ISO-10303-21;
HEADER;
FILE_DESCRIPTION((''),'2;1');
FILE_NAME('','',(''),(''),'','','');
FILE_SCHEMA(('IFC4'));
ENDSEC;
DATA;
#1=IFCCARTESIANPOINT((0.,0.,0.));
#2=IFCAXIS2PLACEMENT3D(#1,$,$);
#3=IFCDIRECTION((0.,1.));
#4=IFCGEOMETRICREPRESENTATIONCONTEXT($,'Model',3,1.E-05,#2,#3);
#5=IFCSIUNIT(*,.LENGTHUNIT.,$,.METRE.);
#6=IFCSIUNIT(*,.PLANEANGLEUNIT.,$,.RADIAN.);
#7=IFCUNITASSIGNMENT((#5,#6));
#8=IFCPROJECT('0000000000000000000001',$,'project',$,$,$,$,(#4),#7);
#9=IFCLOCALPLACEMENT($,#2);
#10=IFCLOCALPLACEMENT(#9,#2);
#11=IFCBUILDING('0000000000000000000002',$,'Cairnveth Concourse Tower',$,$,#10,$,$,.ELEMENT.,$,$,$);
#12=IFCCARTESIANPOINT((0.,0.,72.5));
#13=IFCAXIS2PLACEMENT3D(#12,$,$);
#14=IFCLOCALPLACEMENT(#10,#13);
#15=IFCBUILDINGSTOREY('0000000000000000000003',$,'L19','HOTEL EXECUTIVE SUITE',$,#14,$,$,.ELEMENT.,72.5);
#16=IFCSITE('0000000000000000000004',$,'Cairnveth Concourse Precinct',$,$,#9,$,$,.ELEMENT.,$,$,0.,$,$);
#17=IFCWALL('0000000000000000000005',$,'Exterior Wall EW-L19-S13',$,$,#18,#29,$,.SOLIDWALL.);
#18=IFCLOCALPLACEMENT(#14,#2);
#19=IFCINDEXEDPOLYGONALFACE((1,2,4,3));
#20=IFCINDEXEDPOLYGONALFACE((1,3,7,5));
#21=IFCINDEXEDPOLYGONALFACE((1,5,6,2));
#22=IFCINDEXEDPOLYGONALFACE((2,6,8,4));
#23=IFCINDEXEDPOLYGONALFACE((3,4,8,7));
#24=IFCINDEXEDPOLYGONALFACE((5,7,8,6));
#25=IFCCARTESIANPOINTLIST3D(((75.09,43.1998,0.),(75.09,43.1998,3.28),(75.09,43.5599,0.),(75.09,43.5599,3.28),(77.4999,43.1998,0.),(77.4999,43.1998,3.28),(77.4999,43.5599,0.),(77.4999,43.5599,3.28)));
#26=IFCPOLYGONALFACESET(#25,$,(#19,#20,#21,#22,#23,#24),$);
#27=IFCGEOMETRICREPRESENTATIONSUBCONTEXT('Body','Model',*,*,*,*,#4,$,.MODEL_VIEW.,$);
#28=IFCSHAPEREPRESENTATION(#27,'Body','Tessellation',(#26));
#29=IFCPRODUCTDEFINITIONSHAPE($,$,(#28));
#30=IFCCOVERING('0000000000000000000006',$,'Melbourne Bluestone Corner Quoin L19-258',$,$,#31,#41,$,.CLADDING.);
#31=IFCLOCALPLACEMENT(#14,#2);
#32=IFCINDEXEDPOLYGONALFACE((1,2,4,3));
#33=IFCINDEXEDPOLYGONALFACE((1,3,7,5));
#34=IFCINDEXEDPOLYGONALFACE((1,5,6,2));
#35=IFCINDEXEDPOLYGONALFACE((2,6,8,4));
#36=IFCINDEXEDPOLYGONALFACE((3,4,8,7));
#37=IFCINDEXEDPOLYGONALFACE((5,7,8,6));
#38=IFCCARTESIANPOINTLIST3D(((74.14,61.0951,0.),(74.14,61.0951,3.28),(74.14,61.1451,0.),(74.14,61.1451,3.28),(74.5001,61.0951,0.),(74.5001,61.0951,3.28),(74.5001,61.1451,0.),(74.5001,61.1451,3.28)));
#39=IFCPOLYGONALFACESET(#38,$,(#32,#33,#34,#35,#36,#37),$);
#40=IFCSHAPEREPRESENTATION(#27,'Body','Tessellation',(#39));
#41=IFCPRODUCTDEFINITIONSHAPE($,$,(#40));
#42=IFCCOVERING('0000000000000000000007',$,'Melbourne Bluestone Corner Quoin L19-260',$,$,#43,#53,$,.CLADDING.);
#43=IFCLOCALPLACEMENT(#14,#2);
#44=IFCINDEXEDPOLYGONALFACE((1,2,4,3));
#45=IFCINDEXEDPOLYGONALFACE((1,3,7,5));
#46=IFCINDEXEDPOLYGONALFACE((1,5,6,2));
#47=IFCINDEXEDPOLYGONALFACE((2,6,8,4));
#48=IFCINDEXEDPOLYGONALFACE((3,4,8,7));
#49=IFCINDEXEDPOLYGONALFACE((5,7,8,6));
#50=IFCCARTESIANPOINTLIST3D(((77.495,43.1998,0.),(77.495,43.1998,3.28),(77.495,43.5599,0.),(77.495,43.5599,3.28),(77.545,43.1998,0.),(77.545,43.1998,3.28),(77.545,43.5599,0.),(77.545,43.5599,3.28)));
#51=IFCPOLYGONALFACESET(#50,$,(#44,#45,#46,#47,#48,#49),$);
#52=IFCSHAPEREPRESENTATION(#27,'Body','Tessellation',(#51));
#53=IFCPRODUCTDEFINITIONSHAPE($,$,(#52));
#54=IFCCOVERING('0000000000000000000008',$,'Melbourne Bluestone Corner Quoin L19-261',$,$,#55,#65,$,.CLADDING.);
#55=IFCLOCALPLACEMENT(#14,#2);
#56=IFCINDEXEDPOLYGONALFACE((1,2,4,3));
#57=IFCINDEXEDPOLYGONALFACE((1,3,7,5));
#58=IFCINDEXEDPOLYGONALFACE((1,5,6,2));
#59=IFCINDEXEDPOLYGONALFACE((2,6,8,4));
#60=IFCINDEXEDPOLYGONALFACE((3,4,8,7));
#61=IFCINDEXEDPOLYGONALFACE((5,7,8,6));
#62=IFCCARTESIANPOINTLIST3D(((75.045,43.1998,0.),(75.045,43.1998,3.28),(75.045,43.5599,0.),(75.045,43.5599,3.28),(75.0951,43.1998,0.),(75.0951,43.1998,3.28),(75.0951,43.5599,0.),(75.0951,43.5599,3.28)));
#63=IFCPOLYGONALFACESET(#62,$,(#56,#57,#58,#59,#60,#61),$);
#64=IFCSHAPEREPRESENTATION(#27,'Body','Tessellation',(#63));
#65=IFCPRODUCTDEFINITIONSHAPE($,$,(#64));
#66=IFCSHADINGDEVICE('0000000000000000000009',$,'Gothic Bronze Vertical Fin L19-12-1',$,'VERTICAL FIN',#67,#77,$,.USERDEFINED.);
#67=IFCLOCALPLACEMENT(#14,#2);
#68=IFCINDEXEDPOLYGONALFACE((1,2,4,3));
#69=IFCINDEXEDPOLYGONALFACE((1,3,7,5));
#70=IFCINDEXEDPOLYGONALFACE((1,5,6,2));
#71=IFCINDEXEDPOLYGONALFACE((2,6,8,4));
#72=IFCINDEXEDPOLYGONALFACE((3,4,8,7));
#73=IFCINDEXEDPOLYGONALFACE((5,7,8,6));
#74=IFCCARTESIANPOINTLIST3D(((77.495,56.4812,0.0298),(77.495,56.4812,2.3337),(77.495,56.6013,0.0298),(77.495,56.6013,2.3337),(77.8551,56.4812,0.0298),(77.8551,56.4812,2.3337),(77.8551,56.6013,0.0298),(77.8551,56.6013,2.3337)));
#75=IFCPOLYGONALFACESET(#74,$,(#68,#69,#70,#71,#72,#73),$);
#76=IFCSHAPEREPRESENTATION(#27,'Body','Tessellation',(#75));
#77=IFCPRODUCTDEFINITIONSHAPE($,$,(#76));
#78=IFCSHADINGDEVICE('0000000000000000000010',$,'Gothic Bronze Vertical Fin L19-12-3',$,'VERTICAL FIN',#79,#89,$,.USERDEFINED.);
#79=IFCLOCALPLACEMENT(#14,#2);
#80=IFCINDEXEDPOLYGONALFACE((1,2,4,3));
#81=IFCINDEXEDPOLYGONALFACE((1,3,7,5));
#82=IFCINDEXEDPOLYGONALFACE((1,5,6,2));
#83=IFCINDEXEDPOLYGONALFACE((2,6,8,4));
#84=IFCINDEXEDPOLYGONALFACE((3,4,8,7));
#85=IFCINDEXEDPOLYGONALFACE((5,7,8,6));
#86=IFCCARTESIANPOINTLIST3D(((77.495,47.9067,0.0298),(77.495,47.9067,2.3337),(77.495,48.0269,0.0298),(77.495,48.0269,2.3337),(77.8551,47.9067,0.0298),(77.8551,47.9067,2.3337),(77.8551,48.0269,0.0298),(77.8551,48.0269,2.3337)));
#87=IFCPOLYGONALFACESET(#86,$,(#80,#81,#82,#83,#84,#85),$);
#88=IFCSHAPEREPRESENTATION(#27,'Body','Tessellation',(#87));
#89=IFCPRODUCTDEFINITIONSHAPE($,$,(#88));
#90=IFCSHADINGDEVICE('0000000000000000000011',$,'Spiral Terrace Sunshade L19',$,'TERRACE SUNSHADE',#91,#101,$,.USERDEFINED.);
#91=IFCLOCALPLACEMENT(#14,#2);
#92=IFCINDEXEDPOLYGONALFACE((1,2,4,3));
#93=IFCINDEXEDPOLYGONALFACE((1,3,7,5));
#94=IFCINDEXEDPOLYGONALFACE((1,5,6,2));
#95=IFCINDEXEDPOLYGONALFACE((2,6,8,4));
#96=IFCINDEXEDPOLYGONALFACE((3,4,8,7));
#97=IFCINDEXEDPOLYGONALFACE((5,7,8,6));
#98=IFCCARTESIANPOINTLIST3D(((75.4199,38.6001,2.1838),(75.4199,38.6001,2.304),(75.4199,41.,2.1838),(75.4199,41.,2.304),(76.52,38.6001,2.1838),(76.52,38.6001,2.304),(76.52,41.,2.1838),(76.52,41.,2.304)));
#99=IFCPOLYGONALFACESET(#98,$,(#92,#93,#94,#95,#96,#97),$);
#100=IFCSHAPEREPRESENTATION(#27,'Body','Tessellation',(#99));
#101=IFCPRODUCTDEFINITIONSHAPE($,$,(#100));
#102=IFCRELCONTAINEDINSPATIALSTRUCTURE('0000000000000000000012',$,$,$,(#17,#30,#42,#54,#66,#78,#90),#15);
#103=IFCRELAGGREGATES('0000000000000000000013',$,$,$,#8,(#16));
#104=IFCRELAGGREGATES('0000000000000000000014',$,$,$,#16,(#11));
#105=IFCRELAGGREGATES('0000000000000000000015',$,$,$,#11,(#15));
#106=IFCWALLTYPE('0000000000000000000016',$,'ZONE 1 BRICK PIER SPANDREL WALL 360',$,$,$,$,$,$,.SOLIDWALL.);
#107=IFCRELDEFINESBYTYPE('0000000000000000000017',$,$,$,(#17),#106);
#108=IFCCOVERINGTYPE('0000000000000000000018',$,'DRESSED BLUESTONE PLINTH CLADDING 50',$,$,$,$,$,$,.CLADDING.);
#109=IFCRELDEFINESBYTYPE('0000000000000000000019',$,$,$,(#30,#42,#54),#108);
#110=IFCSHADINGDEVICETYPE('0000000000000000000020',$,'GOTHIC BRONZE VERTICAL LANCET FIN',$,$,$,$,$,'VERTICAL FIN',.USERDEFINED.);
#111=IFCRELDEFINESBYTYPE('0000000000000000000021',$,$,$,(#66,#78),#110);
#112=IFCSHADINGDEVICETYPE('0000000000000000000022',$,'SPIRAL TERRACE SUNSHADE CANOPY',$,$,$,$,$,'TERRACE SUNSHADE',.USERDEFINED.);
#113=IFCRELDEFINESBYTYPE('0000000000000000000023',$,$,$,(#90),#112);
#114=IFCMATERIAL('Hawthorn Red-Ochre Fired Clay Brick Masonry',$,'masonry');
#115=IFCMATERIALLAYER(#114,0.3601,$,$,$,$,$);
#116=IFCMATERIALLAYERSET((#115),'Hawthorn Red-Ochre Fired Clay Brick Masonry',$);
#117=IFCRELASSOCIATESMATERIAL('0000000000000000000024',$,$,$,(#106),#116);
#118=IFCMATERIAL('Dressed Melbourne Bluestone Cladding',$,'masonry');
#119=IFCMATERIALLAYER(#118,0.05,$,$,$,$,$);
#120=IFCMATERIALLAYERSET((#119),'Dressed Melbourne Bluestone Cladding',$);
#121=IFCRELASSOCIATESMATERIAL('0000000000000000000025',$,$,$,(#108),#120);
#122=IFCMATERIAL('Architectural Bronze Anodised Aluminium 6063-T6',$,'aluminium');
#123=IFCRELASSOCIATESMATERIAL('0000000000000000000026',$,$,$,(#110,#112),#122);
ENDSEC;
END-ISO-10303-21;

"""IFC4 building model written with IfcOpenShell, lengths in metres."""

from ifc_helpers import new_model, si_unit, direction, frame, frame_2d, origin, origin_2d, place, context, subcontext, project, spatial, rectangle, extrude, material, layer, layer_set, type_object, element, save


model = new_model("IFC4")

# Units and contexts
model_context = context("Model", 3, precision=1e-05, world=origin(), true_north=direction((0.0, 1.0)))
body_context = subcontext(model_context, "Body", "Model", "MODEL_VIEW")
ifc_project = project(units=[si_unit("LENGTHUNIT", "METRE"), si_unit("PLANEANGLEUNIT", "RADIAN")], contexts=[model_context])

# Site, building, storey
site_placement = place(None, origin())
site = spatial("IfcSite", under=ifc_project, at=site_placement, Name="Cairnveth Concourse Precinct", CompositionType="ELEMENT", RefElevation=0.0)
building_placement = place(site_placement, origin())
building = spatial("IfcBuilding", under=site, at=building_placement, Name="Cairnveth Concourse Tower", CompositionType="ELEMENT")
storey_placement = place(building_placement, frame((0.0, 0.0, 72.5)))
storey = spatial("IfcBuildingStorey", under=building, at=storey_placement, Name="L19", Description="HOTEL EXECUTIVE SUITE", CompositionType="ELEMENT", Elevation=72.5)

# Wall
ifc_material_1 = material(Name="Hawthorn Red-Ochre Fired Clay Brick Masonry", Category="masonry")
ifc_layer_1 = layer(ifc_material_1, 0.3601)
ifc_layer_set_1 = layer_set([ifc_layer_1], Name="Hawthorn Red-Ochre Fired Clay Brick Masonry")
wall_type_1 = type_object("IfcWallType", Name="ZONE 1 BRICK PIER SPANDREL WALL 360", PredefinedType="SOLIDWALL", material=ifc_layer_set_1)
wall_1_placement = place(storey_placement, frame((77.5, 43.3799, 0.0), z_axis=(0.0, 0.0, 1.0), x_axis=(-1.0, 0.0, 0.0)))
element("IfcWall", 1, at=wall_1_placement, inside=storey, type_object=wall_type_1, Name="Exterior Wall EW-L19-S13", PredefinedType="SOLIDWALL", context=body_context, shape_type="SweptSolid", body=[
    extrude(rectangle(XDim=2.4099, YDim=0.3601, at=frame_2d((1.2051, 0.0))), origin(), (0.0, 0.0, 1.0), 3.28),
])

# Shared definitions
ifc_material_2 = material(Name="Architectural Bronze Anodised Aluminium 6063-T6", Category="aluminium")

# Coverings
ifc_material_3 = material(Name="Dressed Melbourne Bluestone Cladding", Category="masonry")
ifc_layer_2 = layer(ifc_material_3, 0.05)
ifc_layer_set_2 = layer_set([ifc_layer_2], Name="Dressed Melbourne Bluestone Cladding")
covering_type = type_object("IfcCoveringType", Name="DRESSED BLUESTONE PLINTH CLADDING 50", PredefinedType="CLADDING", material=ifc_layer_set_2)
for number, where, z_axis, x_axis, name in (
    (2, (74.1399, 61.1201, 0.0), (0.0, 0.0, 1.0), (1.0, 0.0, 0.0), "Melbourne Bluestone Corner Quoin L19-258"),
    (3, (77.52, 43.5601, 0.0), (0.0, 0.0, 1.0), (0.0, -1.0, 0.0), "Melbourne Bluestone Corner Quoin L19-260"),
    (4, (75.0701, 43.5601, 0.0), (0.0, 0.0, 1.0), (0.0, -1.0, 0.0), "Melbourne Bluestone Corner Quoin L19-261"),
):
    element("IfcCovering", number, at=place(storey_placement, frame(where, z_axis=z_axis, x_axis=x_axis)), inside=storey, type_object=covering_type, Name=name, PredefinedType="CLADDING", context=body_context, shape_type="SweptSolid", body=[
        extrude(rectangle(XDim=0.3601, YDim=0.05, at=frame_2d((0.1802, 0.0))), origin(), (0.0, 0.0, 1.0), 3.28),
    ])

# Shading devices
shading_device_type_1 = type_object("IfcShadingDeviceType", Name="GOTHIC BRONZE VERTICAL LANCET FIN", ElementType="VERTICAL FIN", PredefinedType="USERDEFINED", material=ifc_material_2)
for number, where, z_axis, x_axis, name in (
    (5, (77.675, 56.5413, 0.0298), (0.0, 0.0, 1.0), (0.0, 1.0, 0.0), "Gothic Bronze Vertical Fin L19-12-1"),
    (6, (77.675, 47.9668, 0.0298), (0.0, 0.0, 1.0), (0.0, 1.0, 0.0), "Gothic Bronze Vertical Fin L19-12-3"),
):
    element("IfcShadingDevice", number, at=place(storey_placement, frame(where, z_axis=z_axis, x_axis=x_axis)), inside=storey, type_object=shading_device_type_1, Name=name, ObjectType="VERTICAL FIN", PredefinedType="USERDEFINED", context=body_context, shape_type="SweptSolid", body=[
        extrude(rectangle(XDim=0.1201, YDim=0.3601, at=origin_2d()), origin(), (0.0, 0.0, 1.0), 2.304),
    ])
shading_device_type_2 = type_object("IfcShadingDeviceType", Name="SPIRAL TERRACE SUNSHADE CANOPY", ElementType="TERRACE SUNSHADE", PredefinedType="USERDEFINED", material=ifc_material_2)
shading_device_placement = place(storey_placement, frame((75.97, 39.8, 2.1838), z_axis=(0.0, 0.0, 1.0), x_axis=(1.0, 0.0, 0.0)))
element("IfcShadingDevice", 7, at=shading_device_placement, inside=storey, type_object=shading_device_type_2, Name="Spiral Terrace Sunshade L19", ObjectType="TERRACE SUNSHADE", PredefinedType="USERDEFINED", context=body_context, shape_type="SweptSolid", body=[
    extrude(rectangle(XDim=1.1001, YDim=2.3999, at=origin_2d()), origin(), (0.0, 0.0, 1.0), 0.1201),
])

save(model, "model.ifc")
